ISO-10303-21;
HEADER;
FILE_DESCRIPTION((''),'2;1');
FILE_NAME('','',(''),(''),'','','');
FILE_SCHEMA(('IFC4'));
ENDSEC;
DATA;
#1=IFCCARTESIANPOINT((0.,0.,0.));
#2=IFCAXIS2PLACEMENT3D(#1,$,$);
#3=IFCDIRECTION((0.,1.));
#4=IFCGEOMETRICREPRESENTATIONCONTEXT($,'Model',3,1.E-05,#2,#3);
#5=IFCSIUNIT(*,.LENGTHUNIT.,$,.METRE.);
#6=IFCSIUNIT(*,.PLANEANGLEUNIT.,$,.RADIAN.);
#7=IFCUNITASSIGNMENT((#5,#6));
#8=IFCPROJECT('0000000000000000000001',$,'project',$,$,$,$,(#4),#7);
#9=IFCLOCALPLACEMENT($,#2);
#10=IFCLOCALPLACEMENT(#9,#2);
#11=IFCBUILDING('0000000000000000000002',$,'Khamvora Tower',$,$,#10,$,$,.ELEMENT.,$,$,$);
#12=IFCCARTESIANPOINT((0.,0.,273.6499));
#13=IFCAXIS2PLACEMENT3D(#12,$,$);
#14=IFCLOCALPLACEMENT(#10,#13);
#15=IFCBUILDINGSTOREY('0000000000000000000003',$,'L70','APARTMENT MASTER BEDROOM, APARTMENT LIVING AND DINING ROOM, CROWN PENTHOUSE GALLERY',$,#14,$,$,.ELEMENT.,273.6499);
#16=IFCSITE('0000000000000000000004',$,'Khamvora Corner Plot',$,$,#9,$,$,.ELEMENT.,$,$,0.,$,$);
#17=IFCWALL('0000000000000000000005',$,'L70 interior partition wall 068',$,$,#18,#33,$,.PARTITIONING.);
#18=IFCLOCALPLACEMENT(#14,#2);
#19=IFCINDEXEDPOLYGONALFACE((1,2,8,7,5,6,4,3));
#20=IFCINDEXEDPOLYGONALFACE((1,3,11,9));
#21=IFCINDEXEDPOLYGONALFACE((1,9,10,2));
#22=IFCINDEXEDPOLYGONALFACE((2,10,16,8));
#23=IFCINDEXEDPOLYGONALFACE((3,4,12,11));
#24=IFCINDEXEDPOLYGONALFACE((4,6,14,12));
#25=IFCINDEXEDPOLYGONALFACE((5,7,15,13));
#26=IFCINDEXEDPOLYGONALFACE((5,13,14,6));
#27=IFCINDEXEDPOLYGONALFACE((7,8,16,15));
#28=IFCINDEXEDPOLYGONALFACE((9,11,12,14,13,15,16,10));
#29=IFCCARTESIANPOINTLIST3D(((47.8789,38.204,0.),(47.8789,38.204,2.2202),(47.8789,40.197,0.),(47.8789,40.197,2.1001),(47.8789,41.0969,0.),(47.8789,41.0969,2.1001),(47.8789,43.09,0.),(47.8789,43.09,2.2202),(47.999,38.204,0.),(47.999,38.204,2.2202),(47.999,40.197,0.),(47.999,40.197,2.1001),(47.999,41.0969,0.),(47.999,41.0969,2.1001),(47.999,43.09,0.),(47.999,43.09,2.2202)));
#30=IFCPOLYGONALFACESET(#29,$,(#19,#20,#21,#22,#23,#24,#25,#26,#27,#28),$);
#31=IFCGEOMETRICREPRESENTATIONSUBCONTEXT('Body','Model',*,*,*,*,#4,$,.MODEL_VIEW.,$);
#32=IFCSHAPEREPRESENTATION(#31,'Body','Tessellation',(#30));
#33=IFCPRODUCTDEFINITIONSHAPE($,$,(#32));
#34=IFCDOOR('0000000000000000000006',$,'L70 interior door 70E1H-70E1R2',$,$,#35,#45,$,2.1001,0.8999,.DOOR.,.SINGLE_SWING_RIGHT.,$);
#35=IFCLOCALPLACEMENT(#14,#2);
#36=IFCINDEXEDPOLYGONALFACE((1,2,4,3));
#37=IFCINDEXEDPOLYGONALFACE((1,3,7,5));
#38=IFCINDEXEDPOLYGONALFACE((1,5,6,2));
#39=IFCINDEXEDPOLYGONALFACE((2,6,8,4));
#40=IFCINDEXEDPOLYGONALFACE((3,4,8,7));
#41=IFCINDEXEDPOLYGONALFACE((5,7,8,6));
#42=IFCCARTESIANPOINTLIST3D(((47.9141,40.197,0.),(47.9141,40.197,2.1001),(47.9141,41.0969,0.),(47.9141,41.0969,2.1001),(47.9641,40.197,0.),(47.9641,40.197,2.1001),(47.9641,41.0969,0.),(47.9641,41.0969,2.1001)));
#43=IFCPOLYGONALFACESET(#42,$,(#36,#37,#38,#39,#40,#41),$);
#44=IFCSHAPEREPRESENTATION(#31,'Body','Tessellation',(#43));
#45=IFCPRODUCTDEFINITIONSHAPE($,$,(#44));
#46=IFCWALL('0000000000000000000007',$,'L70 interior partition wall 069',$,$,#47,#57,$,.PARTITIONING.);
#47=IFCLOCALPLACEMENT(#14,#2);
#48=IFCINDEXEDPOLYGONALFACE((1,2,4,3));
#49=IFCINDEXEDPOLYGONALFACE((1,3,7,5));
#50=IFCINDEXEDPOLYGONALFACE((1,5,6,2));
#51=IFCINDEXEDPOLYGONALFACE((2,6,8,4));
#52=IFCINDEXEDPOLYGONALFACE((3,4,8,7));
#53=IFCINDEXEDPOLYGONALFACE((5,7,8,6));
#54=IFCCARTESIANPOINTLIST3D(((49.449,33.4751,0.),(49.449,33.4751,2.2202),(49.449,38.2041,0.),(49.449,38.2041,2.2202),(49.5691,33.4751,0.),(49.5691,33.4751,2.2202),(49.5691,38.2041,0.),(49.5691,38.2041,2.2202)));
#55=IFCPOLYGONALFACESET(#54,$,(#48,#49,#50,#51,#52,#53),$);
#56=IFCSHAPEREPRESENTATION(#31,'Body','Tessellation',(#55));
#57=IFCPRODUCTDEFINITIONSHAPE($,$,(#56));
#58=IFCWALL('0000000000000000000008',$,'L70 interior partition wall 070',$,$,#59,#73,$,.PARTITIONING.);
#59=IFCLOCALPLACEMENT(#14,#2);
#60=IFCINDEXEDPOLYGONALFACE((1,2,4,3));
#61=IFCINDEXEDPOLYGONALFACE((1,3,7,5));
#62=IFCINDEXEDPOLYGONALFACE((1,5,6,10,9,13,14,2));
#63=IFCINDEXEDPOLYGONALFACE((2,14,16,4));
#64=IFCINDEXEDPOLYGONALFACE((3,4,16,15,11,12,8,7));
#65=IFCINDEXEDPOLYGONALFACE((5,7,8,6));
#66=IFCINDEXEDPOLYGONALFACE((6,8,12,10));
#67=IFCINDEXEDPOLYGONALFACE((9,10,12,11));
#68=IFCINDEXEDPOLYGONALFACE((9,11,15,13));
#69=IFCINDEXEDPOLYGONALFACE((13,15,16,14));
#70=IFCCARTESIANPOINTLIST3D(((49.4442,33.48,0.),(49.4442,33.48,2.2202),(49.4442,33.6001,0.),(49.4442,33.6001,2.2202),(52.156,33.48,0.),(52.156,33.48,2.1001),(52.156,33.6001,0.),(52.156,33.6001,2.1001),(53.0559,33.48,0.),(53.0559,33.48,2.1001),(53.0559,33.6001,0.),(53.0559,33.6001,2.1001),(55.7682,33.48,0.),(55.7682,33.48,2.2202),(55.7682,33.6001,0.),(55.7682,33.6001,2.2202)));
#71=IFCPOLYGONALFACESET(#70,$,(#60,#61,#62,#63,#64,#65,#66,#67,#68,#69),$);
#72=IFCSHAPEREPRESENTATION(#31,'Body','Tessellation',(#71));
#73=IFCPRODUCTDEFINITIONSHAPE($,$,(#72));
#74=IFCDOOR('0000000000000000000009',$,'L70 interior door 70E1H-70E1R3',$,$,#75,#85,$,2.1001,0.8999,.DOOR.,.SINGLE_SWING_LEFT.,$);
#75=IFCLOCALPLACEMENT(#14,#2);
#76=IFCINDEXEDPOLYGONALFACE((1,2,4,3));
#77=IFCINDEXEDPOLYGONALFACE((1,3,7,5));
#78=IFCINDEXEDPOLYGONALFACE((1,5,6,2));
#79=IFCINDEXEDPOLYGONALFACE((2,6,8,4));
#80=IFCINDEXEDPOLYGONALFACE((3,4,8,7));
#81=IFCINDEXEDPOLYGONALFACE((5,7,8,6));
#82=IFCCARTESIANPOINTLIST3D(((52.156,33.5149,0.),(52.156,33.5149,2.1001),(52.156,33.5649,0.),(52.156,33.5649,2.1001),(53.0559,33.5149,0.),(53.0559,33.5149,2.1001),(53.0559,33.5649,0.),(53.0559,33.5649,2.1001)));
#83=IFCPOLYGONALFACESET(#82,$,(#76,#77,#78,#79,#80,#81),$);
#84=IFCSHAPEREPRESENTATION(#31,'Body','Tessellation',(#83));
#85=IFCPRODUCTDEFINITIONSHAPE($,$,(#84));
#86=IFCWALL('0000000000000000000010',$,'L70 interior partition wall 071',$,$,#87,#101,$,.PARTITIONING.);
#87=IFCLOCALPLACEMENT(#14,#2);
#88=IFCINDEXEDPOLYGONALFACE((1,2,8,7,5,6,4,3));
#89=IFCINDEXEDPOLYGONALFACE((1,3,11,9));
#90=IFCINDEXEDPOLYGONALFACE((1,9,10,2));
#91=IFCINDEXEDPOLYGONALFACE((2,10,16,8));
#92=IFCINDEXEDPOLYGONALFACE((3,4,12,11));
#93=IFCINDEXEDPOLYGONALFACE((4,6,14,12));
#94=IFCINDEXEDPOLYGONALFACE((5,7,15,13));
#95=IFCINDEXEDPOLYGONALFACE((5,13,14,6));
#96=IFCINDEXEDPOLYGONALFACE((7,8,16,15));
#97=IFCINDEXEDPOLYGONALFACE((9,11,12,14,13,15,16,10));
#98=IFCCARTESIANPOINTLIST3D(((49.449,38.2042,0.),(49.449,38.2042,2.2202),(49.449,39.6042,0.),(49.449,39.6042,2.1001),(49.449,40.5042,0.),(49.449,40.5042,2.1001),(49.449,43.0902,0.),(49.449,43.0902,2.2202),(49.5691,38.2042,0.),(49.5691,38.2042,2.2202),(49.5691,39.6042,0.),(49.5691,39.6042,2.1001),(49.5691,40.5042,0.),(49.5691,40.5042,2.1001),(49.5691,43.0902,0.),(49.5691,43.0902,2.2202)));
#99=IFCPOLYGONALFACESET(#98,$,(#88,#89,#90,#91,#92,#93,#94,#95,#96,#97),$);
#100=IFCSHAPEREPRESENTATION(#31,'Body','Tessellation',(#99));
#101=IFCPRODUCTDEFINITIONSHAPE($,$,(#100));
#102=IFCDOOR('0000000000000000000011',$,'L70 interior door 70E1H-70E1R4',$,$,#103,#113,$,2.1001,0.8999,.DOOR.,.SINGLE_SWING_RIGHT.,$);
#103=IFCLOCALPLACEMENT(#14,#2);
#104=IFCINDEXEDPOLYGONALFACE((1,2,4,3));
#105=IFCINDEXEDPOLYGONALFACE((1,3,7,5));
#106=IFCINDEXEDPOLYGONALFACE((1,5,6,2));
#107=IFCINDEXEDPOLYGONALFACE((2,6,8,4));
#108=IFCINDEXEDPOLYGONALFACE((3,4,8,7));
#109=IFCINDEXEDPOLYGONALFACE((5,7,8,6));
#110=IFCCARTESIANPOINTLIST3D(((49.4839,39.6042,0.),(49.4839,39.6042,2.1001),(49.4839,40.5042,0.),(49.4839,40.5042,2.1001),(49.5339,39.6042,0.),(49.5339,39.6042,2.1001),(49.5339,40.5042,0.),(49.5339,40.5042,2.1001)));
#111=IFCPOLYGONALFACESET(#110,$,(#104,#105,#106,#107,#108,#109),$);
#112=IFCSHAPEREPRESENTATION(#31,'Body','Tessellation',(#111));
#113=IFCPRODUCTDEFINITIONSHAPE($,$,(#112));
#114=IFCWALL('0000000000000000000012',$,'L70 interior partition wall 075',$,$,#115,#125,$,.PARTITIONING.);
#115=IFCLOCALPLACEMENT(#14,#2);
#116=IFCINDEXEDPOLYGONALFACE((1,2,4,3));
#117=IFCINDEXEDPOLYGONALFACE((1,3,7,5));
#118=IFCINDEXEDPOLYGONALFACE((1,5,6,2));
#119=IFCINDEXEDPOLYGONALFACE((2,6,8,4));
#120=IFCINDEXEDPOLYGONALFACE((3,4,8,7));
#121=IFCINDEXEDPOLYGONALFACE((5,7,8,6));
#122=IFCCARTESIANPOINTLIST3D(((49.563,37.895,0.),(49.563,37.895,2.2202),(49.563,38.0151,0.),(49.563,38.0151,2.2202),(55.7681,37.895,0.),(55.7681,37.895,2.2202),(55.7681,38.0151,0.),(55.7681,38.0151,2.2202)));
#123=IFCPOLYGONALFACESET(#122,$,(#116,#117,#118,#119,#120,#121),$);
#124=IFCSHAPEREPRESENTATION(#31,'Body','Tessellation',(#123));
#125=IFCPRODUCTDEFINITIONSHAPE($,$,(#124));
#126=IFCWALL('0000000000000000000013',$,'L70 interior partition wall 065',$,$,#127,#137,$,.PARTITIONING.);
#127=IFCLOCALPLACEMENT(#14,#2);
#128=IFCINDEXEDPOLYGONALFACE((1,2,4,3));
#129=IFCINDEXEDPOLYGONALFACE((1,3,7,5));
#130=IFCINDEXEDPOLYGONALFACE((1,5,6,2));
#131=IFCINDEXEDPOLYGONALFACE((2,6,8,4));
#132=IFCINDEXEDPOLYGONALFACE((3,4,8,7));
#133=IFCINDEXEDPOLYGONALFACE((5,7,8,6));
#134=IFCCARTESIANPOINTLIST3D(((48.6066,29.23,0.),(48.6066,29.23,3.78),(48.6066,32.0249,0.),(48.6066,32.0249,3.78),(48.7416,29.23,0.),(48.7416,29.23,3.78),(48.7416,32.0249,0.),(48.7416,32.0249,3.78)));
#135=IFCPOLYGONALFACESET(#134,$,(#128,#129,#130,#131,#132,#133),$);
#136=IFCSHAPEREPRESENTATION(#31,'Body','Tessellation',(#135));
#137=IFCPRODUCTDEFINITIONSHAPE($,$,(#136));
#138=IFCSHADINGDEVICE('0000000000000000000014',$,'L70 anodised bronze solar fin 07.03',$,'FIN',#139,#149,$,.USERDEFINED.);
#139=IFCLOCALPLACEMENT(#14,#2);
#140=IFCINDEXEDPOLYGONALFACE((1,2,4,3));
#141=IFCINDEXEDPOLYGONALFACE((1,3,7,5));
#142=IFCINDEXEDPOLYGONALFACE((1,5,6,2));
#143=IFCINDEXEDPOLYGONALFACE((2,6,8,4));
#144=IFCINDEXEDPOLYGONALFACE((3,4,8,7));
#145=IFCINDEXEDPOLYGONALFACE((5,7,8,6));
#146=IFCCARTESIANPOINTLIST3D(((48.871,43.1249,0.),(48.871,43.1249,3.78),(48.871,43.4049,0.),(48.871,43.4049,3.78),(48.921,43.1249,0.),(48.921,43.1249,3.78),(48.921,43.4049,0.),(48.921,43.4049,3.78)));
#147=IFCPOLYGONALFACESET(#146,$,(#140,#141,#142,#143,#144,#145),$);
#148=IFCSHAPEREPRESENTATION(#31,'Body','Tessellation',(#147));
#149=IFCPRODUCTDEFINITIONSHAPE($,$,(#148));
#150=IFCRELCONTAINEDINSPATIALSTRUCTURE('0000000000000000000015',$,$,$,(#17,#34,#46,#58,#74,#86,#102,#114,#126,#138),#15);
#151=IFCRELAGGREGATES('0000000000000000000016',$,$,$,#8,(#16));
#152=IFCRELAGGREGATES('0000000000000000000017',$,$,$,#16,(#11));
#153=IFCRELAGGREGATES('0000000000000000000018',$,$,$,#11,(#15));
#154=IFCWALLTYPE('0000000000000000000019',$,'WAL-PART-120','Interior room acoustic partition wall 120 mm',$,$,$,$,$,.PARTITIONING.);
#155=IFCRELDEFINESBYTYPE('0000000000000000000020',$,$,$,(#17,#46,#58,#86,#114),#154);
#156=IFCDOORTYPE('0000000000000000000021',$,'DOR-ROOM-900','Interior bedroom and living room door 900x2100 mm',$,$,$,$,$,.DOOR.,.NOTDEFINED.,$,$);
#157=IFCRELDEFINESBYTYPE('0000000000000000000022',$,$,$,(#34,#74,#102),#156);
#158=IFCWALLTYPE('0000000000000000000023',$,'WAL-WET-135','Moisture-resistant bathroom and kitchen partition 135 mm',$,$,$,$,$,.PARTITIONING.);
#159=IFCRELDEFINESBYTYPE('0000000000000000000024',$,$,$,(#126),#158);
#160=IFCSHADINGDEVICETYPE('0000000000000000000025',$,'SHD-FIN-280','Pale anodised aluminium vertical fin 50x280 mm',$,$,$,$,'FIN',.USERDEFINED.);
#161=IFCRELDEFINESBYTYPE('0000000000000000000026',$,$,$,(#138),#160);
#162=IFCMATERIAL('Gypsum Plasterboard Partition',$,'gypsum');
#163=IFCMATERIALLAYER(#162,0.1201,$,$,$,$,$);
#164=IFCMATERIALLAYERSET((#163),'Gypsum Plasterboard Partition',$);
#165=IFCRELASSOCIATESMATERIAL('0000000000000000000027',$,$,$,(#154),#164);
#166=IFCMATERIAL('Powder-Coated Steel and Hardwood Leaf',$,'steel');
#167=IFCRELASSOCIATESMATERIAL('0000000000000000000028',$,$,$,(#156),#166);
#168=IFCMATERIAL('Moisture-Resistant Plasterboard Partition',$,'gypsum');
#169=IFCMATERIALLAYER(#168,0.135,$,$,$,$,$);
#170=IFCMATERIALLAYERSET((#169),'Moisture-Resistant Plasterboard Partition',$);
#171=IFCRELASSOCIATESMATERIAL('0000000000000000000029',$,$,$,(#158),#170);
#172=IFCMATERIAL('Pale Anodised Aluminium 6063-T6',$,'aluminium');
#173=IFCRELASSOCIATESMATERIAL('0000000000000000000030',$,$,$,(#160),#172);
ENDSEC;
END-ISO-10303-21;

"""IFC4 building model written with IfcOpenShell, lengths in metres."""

from ifc_helpers import new_model, si_unit, direction, frame, frame_2d, origin, origin_2d, place, context, subcontext, project, spatial, rectangle, extrude, material, layer, layer_set, type_object, element, fill, save


model = new_model("IFC4")

# Units and contexts
model_context = context("Model", 3, precision=1e-05, world=origin(), true_north=direction((0.0, 1.0)))
body_context = subcontext(model_context, "Body", "Model", "MODEL_VIEW")
ifc_project = project(units=[si_unit("LENGTHUNIT", "METRE"), si_unit("PLANEANGLEUNIT", "RADIAN")], contexts=[model_context])

# Site, building, storey
site_placement = place(None, origin())
site = spatial("IfcSite", under=ifc_project, at=site_placement, Name="Khamvora Corner Plot", CompositionType="ELEMENT", RefElevation=0.0)
building_placement = place(site_placement, origin())
building = spatial("IfcBuilding", under=site, at=building_placement, Name="Khamvora Tower", CompositionType="ELEMENT")
storey_placement = place(building_placement, frame((0.0, 0.0, 273.6499)))
storey = spatial("IfcBuildingStorey", under=building, at=storey_placement, Name="L70", Description="APARTMENT MASTER BEDROOM, APARTMENT LIVING AND DINING ROOM, CROWN PENTHOUSE GALLERY", CompositionType="ELEMENT", Elevation=273.6499)

# Wall, opening, door
ifc_material_1 = material(Name="Gypsum Plasterboard Partition", Category="gypsum")
ifc_layer_1 = layer(ifc_material_1, 0.1201)
ifc_layer_set_1 = layer_set([ifc_layer_1], Name="Gypsum Plasterboard Partition")
wall_type_1 = type_object("IfcWallType", Name="WAL-PART-120", Description="Interior room acoustic partition wall 120 mm", PredefinedType="PARTITIONING", material=ifc_layer_set_1)
wall_1_placement = place(storey_placement, frame((47.939, 38.2041, 0.0), z_axis=(0.0, 0.0, 1.0), x_axis=(0.0, 1.0, 0.0)))
wall_1 = element("IfcWall", 1, at=wall_1_placement, inside=storey, type_object=wall_type_1, Name="L70 interior partition wall 068", PredefinedType="PARTITIONING", context=body_context, shape_type="SweptSolid", body=[
    extrude(rectangle(XDim=4.886, YDim=0.1201, at=frame_2d((2.4429, 0.0))), origin(), (0.0, 0.0, 1.0), 2.2202),
])
opening_1_placement = place(wall_1_placement, frame((1.9929, 0.0, 0.0)))
opening_1 = element("IfcOpeningElement", 2, at=opening_1_placement, cuts=wall_1, PredefinedType="OPENING", context=body_context, shape_type="SweptSolid", body=[
    extrude(rectangle(XDim=0.8999, YDim=2.1001, at=frame_2d((0.45, 1.05))), frame((0.0, 0.0701, 0.0), z_axis=(0.0, -1.0, 0.0), x_axis=(1.0, 0.0, 0.0)), (0.0, 0.0, 1.0), 0.1401),
])
ifc_material_2 = material(Name="Powder-Coated Steel and Hardwood Leaf", Category="steel")
door_type = type_object("IfcDoorType", Name="DOR-ROOM-900", Description="Interior bedroom and living room door 900x2100 mm", OperationType="NOTDEFINED", PredefinedType="DOOR", material=ifc_material_2)
door_1_placement = place(opening_1_placement, origin())
door_1 = element("IfcDoor", 3, at=door_1_placement, inside=storey, type_object=door_type, Name="L70 interior door 70E1H-70E1R2", OperationType="SINGLE_SWING_RIGHT", OverallHeight=2.1001, OverallWidth=0.8999, PredefinedType="DOOR", context=body_context, shape_type="SweptSolid", body=[
    extrude(rectangle(XDim=0.8999, YDim=2.1001, at=frame_2d((0.45, 1.05))), frame((0.0, 0.0249, 0.0), z_axis=(0.0, -1.0, 0.0), x_axis=(1.0, 0.0, 0.0)), (0.0, 0.0, 1.0), 0.05),
])
fill(opening_1, door_1)

# Wall
wall_2_placement = place(storey_placement, frame((49.509, 38.2041, 0.0), z_axis=(0.0, 0.0, 1.0), x_axis=(0.0, -1.0, 0.0)))
element("IfcWall", 4, at=wall_2_placement, inside=storey, type_object=wall_type_1, Name="L70 interior partition wall 069", PredefinedType="PARTITIONING", context=body_context, shape_type="SweptSolid", body=[
    extrude(rectangle(XDim=4.729, YDim=0.1201, at=frame_2d((2.3645, 0.0))), origin(), (0.0, 0.0, 1.0), 2.2202),
])

# Walls, openings, doors
wall_3_placement = place(storey_placement, frame((49.4441, 33.54, 0.0), z_axis=(0.0, 0.0, 1.0), x_axis=(1.0, 0.0, 0.0)))
wall_3 = element("IfcWall", 5, at=wall_3_placement, inside=storey, type_object=wall_type_1, Name="L70 interior partition wall 070", PredefinedType="PARTITIONING", context=body_context, shape_type="SweptSolid", body=[
    extrude(rectangle(XDim=6.324, YDim=0.1201, at=frame_2d((3.1621, 0.0))), origin(), (0.0, 0.0, 1.0), 2.2202),
])
opening_2_placement = place(wall_3_placement, frame((2.7119, 0.0, 0.0)))
opening_2 = element("IfcOpeningElement", 6, at=opening_2_placement, cuts=wall_3, PredefinedType="OPENING", context=body_context, shape_type="SweptSolid", body=[
    extrude(rectangle(XDim=0.8999, YDim=2.1001, at=frame_2d((0.45, 1.05))), frame((0.0, 0.0701, 0.0), z_axis=(0.0, -1.0, 0.0), x_axis=(1.0, 0.0, 0.0)), (0.0, 0.0, 1.0), 0.1401),
])
door_2_placement = place(opening_2_placement, origin())
door_2 = element("IfcDoor", 7, at=door_2_placement, inside=storey, type_object=door_type, Name="L70 interior door 70E1H-70E1R3", OperationType="SINGLE_SWING_LEFT", OverallHeight=2.1001, OverallWidth=0.8999, PredefinedType="DOOR", context=body_context, shape_type="SweptSolid", body=[
    extrude(rectangle(XDim=0.8999, YDim=2.1001, at=frame_2d((0.45, 1.05))), frame((0.0, 0.0249, 0.0), z_axis=(0.0, -1.0, 0.0), x_axis=(1.0, 0.0, 0.0)), (0.0, 0.0, 1.0), 0.05),
])
fill(opening_2, door_2)
wall_4_placement = place(storey_placement, frame((49.509, 43.0901, 0.0), z_axis=(0.0, 0.0, 1.0), x_axis=(0.0, -1.0, 0.0)))
wall_4 = element("IfcWall", 8, at=wall_4_placement, inside=storey, type_object=wall_type_1, Name="L70 interior partition wall 071", PredefinedType="PARTITIONING", context=body_context, shape_type="SweptSolid", body=[
    extrude(rectangle(XDim=4.886, YDim=0.1201, at=frame_2d((2.4429, 0.0))), origin(), (0.0, 0.0, 1.0), 2.2202),
])
opening_3_placement = place(wall_4_placement, frame((2.5859, 0.0, 0.0)))
opening_3 = element("IfcOpeningElement", 9, at=opening_3_placement, cuts=wall_4, PredefinedType="OPENING", context=body_context, shape_type="SweptSolid", body=[
    extrude(rectangle(XDim=0.8999, YDim=2.1001, at=frame_2d((0.45, 1.05))), frame((0.0, 0.0701, 0.0), z_axis=(0.0, -1.0, 0.0), x_axis=(1.0, 0.0, 0.0)), (0.0, 0.0, 1.0), 0.1401),
])
door_3_placement = place(opening_3_placement, origin())
door_3 = element("IfcDoor", 10, at=door_3_placement, inside=storey, type_object=door_type, Name="L70 interior door 70E1H-70E1R4", OperationType="SINGLE_SWING_RIGHT", OverallHeight=2.1001, OverallWidth=0.8999, PredefinedType="DOOR", context=body_context, shape_type="SweptSolid", body=[
    extrude(rectangle(XDim=0.8999, YDim=2.1001, at=frame_2d((0.45, 1.05))), frame((0.0, 0.0249, 0.0), z_axis=(0.0, -1.0, 0.0), x_axis=(1.0, 0.0, 0.0)), (0.0, 0.0, 1.0), 0.05),
])
fill(opening_3, door_3)

# Walls
wall_5_placement = place(storey_placement, frame((49.563, 37.9551, 0.0), z_axis=(0.0, 0.0, 1.0), x_axis=(1.0, 0.0, 0.0)))
element("IfcWall", 11, at=wall_5_placement, inside=storey, type_object=wall_type_1, Name="L70 interior partition wall 075", PredefinedType="PARTITIONING", context=body_context, shape_type="SweptSolid", body=[
    extrude(rectangle(XDim=6.2051, YDim=0.1201, at=frame_2d((3.1025, 0.0))), origin(), (0.0, 0.0, 1.0), 2.2202),
])
ifc_material_3 = material(Name="Moisture-Resistant Plasterboard Partition", Category="gypsum")
ifc_layer_2 = layer(ifc_material_3, 0.135)
ifc_layer_set_2 = layer_set([ifc_layer_2], Name="Moisture-Resistant Plasterboard Partition")
wall_type_2 = type_object("IfcWallType", Name="WAL-WET-135", Description="Moisture-resistant bathroom and kitchen partition 135 mm", PredefinedType="PARTITIONING", material=ifc_layer_set_2)
wall_6_placement = place(storey_placement, frame((48.6741, 32.0249, 0.0), z_axis=(0.0, 0.0, 1.0), x_axis=(0.0, -1.0, 0.0)))
element("IfcWall", 12, at=wall_6_placement, inside=storey, type_object=wall_type_2, Name="L70 interior partition wall 065", PredefinedType="PARTITIONING", context=body_context, shape_type="SweptSolid", body=[
    extrude(rectangle(XDim=2.7949, YDim=0.135, at=frame_2d((1.3975, 0.0))), origin(), (0.0, 0.0, 1.0), 3.78),
])

# Shading device
ifc_material_4 = material(Name="Pale Anodised Aluminium 6063-T6", Category="aluminium")
shading_device_type = type_object("IfcShadingDeviceType", Name="SHD-FIN-280", Description="Pale anodised aluminium vertical fin 50x280 mm", ElementType="FIN", PredefinedType="USERDEFINED", material=ifc_material_4)
shading_device_placement = place(storey_placement, frame((48.896, 43.2649, 0.0), z_axis=(0.0, 0.0, 1.0), x_axis=(1.0, 0.0, 0.0)))
element("IfcShadingDevice", 13, at=shading_device_placement, inside=storey, type_object=shading_device_type, Name="L70 anodised bronze solar fin 07.03", ObjectType="FIN", PredefinedType="USERDEFINED", context=body_context, shape_type="SweptSolid", body=[
    extrude(rectangle(XDim=0.05, YDim=0.28, at=origin_2d()), origin(), (0.0, 0.0, 1.0), 3.78),
])

save(model, "model.ifc")
